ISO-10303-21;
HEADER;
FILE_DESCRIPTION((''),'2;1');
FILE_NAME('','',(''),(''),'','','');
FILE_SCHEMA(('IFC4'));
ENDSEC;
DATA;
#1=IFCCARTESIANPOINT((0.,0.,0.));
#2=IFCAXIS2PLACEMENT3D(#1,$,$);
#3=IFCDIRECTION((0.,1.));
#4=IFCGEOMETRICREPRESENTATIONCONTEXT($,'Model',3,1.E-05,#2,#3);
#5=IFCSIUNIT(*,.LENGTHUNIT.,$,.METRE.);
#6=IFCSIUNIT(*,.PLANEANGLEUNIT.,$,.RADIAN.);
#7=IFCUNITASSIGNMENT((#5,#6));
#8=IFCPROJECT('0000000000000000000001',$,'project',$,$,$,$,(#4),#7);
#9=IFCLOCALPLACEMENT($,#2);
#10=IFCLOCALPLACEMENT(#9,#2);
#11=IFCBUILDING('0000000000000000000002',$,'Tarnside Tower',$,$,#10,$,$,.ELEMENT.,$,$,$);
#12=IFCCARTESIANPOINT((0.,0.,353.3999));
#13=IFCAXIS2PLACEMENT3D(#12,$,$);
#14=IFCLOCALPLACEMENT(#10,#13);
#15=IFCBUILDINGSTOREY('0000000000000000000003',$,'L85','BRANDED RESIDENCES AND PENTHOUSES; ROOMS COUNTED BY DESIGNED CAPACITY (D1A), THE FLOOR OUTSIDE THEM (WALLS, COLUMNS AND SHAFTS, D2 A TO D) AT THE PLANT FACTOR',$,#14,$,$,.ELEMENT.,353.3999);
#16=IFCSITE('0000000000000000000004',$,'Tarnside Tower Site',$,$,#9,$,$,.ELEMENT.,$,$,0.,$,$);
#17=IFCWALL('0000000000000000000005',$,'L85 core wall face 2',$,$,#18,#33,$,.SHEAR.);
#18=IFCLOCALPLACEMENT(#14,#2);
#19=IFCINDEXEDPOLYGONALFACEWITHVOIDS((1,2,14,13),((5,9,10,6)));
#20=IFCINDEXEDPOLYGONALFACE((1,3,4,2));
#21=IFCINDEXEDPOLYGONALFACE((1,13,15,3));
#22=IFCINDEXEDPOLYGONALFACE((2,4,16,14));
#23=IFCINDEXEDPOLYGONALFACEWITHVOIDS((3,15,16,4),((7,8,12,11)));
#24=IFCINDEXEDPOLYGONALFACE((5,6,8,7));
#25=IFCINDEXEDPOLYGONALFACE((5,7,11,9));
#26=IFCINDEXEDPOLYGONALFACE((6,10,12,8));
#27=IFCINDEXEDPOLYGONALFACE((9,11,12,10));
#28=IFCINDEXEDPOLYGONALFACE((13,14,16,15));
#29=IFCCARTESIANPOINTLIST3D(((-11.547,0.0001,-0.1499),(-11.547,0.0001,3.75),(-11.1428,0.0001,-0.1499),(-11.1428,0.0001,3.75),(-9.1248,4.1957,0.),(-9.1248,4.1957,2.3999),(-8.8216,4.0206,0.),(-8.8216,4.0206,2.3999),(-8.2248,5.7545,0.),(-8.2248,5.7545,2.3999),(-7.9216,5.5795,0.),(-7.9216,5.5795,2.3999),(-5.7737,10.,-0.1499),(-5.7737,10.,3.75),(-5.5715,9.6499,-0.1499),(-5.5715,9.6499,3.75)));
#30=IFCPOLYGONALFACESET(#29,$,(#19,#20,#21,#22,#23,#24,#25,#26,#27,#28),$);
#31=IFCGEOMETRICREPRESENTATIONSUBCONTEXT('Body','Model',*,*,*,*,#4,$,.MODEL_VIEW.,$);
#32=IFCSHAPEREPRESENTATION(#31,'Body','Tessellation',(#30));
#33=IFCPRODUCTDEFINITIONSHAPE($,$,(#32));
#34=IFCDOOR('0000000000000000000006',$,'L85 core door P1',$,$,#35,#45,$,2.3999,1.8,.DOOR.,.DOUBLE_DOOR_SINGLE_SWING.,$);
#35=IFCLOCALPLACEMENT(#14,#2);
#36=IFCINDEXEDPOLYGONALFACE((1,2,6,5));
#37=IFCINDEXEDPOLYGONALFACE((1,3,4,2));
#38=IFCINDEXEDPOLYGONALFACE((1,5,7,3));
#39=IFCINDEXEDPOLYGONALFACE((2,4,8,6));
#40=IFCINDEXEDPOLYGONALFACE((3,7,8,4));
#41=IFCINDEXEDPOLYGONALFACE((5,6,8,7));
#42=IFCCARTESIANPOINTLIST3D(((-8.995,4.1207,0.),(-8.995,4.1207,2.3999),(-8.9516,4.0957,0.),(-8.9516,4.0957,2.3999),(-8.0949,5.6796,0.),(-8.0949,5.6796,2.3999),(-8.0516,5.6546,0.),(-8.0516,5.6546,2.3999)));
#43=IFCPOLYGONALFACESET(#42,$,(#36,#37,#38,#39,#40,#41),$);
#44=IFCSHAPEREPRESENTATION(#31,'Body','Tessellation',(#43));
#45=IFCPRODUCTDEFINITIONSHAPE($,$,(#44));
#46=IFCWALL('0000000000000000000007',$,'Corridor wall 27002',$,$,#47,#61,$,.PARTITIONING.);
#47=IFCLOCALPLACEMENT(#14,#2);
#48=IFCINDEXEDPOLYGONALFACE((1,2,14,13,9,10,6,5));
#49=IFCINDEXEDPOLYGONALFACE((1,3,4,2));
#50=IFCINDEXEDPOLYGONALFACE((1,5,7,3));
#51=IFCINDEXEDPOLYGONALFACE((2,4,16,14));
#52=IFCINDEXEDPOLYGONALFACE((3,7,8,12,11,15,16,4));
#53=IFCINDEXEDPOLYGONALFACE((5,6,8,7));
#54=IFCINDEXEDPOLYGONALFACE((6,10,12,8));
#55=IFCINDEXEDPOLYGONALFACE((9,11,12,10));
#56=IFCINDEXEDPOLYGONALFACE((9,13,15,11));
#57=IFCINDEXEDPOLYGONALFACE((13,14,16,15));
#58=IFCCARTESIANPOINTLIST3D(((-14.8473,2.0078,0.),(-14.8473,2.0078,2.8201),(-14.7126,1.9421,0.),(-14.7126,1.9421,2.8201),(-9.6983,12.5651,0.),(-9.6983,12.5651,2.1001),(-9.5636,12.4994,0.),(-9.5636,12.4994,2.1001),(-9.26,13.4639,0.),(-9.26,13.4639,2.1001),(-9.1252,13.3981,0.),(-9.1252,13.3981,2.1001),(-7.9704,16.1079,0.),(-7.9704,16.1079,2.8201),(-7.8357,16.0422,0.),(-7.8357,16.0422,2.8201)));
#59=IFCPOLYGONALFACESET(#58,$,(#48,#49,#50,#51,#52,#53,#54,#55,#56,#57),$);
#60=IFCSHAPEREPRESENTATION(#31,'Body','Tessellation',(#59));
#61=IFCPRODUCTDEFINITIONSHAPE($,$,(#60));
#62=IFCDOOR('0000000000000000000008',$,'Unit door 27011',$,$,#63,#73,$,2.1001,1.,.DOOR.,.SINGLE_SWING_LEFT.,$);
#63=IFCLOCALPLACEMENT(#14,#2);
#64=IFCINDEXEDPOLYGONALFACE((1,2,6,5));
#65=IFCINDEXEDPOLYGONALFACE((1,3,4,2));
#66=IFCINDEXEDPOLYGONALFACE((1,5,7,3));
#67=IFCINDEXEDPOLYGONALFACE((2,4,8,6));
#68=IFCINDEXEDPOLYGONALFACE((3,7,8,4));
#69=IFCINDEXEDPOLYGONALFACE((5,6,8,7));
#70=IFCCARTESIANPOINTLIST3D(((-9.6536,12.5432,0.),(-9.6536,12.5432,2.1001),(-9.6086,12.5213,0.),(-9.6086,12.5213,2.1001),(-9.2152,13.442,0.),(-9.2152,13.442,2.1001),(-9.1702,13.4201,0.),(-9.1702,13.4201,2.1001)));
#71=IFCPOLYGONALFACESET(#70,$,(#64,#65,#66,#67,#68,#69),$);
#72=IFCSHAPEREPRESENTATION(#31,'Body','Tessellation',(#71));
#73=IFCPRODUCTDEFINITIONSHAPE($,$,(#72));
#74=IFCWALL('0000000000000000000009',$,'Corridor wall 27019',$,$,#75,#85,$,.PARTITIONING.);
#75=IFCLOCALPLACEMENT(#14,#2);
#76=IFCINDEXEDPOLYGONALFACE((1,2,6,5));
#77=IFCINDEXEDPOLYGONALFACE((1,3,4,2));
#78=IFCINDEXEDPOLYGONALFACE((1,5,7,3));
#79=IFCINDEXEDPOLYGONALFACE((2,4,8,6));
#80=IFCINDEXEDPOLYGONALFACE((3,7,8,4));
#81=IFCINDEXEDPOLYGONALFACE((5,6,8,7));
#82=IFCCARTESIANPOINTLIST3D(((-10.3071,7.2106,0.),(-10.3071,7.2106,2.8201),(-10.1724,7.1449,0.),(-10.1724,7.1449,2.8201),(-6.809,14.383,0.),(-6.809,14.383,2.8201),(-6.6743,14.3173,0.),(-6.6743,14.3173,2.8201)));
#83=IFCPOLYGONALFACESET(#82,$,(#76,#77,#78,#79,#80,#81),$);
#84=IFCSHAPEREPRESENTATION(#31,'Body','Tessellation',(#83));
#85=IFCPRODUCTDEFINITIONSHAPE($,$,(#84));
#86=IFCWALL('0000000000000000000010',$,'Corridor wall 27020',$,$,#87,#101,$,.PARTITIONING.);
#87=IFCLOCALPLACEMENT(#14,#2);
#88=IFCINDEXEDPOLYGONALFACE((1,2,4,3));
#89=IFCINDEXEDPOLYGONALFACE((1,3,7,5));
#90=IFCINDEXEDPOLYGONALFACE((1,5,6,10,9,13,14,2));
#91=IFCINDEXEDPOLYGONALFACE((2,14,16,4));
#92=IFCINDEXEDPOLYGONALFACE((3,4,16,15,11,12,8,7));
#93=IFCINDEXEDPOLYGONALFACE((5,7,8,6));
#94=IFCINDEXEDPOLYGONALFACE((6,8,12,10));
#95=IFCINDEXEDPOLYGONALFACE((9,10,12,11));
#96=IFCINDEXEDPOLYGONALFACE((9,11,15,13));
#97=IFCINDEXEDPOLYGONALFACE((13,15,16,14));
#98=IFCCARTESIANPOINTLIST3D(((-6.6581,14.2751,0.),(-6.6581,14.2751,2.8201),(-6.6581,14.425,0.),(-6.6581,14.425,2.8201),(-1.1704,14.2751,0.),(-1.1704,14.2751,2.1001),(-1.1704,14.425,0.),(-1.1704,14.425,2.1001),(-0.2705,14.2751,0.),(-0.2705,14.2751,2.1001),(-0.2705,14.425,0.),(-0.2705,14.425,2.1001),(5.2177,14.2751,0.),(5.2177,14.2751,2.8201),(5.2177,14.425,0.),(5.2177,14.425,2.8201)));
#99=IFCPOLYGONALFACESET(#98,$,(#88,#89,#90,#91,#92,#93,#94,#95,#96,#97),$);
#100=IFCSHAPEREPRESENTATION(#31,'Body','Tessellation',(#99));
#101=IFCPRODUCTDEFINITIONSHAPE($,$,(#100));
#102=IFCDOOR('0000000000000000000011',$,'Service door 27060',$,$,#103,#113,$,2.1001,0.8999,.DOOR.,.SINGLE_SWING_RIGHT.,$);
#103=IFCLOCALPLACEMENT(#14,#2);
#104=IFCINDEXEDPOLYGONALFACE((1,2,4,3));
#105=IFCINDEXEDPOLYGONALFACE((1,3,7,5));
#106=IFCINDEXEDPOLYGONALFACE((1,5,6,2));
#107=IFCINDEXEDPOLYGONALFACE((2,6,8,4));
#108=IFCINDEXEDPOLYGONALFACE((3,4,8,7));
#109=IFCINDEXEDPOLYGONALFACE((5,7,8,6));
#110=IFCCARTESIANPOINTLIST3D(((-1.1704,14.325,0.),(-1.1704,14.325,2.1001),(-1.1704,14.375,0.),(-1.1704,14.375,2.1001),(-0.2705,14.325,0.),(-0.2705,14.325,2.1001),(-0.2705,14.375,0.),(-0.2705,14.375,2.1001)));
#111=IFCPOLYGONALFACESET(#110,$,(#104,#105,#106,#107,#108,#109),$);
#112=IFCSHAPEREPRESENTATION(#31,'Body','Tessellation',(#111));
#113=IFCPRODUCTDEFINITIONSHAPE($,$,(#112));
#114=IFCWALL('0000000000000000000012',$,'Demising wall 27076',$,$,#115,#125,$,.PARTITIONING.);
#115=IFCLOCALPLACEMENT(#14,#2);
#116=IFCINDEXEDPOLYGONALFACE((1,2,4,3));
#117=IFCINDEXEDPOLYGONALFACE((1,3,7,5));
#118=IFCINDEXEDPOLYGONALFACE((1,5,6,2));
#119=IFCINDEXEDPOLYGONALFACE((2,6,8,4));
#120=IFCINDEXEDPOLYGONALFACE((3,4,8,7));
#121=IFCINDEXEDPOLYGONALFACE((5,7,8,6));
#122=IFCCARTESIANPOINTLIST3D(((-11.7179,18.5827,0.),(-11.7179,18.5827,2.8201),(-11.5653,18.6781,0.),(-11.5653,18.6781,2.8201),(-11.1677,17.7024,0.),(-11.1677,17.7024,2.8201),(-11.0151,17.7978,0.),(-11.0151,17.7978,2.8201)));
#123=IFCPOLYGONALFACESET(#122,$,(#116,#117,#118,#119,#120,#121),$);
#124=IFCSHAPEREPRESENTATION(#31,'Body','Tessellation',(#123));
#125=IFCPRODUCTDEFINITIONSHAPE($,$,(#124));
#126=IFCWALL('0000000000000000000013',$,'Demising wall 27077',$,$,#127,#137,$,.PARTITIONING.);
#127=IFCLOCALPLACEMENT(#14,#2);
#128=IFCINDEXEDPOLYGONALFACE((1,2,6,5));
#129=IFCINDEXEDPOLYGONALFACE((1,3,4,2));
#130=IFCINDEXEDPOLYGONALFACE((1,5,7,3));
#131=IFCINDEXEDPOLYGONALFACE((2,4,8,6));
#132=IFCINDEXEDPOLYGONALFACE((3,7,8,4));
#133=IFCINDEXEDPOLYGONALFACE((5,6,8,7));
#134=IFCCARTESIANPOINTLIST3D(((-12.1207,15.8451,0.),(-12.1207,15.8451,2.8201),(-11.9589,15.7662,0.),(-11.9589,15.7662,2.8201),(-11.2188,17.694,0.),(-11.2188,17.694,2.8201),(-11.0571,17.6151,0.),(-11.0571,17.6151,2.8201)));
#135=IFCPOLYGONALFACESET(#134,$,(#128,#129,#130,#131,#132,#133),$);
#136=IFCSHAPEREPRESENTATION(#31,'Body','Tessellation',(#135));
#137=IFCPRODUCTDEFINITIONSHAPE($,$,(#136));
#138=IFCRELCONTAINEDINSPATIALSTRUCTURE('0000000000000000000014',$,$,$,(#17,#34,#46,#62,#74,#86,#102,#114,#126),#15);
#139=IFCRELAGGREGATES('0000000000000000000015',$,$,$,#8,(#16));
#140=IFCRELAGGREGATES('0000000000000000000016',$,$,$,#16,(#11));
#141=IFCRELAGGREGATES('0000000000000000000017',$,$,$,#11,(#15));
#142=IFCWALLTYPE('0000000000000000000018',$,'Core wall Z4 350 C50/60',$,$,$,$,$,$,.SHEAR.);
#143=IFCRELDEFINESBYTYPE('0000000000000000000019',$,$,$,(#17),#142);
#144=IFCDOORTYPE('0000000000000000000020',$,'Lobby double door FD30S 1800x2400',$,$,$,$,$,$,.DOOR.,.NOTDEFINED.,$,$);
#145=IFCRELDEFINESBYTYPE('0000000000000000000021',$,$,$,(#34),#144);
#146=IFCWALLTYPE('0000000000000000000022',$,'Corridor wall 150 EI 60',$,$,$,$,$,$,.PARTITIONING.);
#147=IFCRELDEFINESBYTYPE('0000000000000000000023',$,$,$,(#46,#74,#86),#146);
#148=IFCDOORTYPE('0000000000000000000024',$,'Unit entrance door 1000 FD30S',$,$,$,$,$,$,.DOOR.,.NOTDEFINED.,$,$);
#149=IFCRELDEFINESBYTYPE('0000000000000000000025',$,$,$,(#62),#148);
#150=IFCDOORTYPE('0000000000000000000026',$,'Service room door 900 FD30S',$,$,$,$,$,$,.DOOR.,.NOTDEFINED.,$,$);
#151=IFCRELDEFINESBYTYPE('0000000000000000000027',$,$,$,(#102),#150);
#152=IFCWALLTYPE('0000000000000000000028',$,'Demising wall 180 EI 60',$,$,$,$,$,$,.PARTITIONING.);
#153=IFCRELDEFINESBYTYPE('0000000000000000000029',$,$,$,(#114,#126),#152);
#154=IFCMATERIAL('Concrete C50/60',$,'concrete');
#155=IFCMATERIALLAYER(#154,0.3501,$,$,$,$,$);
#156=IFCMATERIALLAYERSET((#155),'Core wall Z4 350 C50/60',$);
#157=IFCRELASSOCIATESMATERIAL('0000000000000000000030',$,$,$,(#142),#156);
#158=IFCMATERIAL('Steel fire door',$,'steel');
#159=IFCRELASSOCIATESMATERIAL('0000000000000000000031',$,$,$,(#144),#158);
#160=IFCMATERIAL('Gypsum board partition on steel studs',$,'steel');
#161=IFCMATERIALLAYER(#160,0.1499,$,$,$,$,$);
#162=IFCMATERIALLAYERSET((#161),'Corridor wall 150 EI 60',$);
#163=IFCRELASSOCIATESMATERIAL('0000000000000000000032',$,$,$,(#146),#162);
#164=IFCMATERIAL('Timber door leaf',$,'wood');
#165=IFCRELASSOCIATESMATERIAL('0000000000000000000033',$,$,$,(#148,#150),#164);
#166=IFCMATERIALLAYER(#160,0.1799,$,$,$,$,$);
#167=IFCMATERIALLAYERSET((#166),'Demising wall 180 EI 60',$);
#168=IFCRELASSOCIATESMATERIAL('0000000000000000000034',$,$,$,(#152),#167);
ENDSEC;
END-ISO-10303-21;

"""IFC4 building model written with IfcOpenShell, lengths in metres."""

from ifc_helpers import new_model, si_unit, direction, frame, frame_2d, origin, place, context, subcontext, project, spatial, polyline, rectangle, outline, extrude, material, layer, layer_set, type_object, element, fill, save


model = new_model("IFC4")

# Units and contexts
model_context = context("Model", 3, precision=1e-05, world=origin(), true_north=direction((0.0, 1.0)))
body_context = subcontext(model_context, "Body", "Model", "MODEL_VIEW")
ifc_project = project(units=[si_unit("LENGTHUNIT", "METRE"), si_unit("PLANEANGLEUNIT", "RADIAN")], contexts=[model_context])

# Site, building, storey
site_placement = place(None, origin())
site = spatial("IfcSite", under=ifc_project, at=site_placement, Name="Tarnside Tower Site", CompositionType="ELEMENT", RefElevation=0.0)
building_placement = place(site_placement, origin())
building = spatial("IfcBuilding", under=site, at=building_placement, Name="Tarnside Tower", CompositionType="ELEMENT")
storey_placement = place(building_placement, frame((0.0, 0.0, 353.3999)))
storey = spatial("IfcBuildingStorey", under=building, at=storey_placement, Name="L85", Description="BRANDED RESIDENCES AND PENTHOUSES; ROOMS COUNTED BY DESIGNED CAPACITY (D1A), THE FLOOR OUTSIDE THEM (WALLS, COLUMNS AND SHAFTS, D2 A TO D) AT THE PLANT FACTOR", CompositionType="ELEMENT", Elevation=353.3999)

# Walls, openings, doors
ifc_material_1 = material(Name="Concrete C50/60", Category="concrete")
ifc_layer_1 = layer(ifc_material_1, 0.3501)
ifc_layer_set_1 = layer_set([ifc_layer_1], Name="Core wall Z4 350 C50/60")
wall_type_1 = type_object("IfcWallType", Name="Core wall Z4 350 C50/60", PredefinedType="SHEAR", material=ifc_layer_set_1)
wall_1_placement = place(storey_placement, frame((-5.6726, 9.825, -0.1499), z_axis=(0.0, 0.0, 1.0), x_axis=(-0.499995, -0.866028, 0.0)))
wall_1 = element("IfcWall", 1, at=wall_1_placement, inside=storey, type_object=wall_type_1, Name="L85 core wall face 2", PredefinedType="SHEAR", context=body_context, shape_type="SweptSolid", body=[
    extrude(outline(polyline([(-0.1011, -0.175), (11.4458, -0.175), (11.2437, 0.175), (0.1011, 0.175), (-0.1011, -0.175)])), origin(), (0.0, 0.0, 1.0), 3.8999),
])
opening_1_placement = place(wall_1_placement, frame((4.8013, 0.0, 0.1499)))
opening_1 = element("IfcOpeningElement", 2, at=opening_1_placement, cuts=wall_1, PredefinedType="OPENING", context=body_context, shape_type="SweptSolid", body=[
    extrude(rectangle(XDim=1.8, YDim=2.3999, at=frame_2d((0.8999, 1.2))), frame((0.0, 0.1851, 0.0), z_axis=(0.0, -1.0, 0.0), x_axis=(1.0, 0.0, 0.0)), (0.0, 0.0, 1.0), 0.3701),
])
ifc_material_2 = material(Name="Steel fire door", Category="steel")
door_type_1 = type_object("IfcDoorType", Name="Lobby double door FD30S 1800x2400", OperationType="NOTDEFINED", PredefinedType="DOOR", material=ifc_material_2)
door_1_placement = place(opening_1_placement, origin())
door_1 = element("IfcDoor", 3, at=door_1_placement, inside=storey, type_object=door_type_1, Name="L85 core door P1", OperationType="DOUBLE_DOOR_SINGLE_SWING", OverallHeight=2.3999, OverallWidth=1.8, PredefinedType="DOOR", context=body_context, shape_type="SweptSolid", body=[
    extrude(rectangle(XDim=1.8, YDim=2.3999, at=frame_2d((0.8999, 1.2))), frame((0.0, 0.0249, 0.0), z_axis=(0.0, -1.0, 0.0), x_axis=(1.0, 0.0, 0.0)), (0.0, 0.0, 1.0), 0.05),
])
fill(opening_1, door_1)
ifc_material_3 = material(Name="Gypsum board partition on steel studs", Category="steel")
ifc_layer_2 = layer(ifc_material_3, 0.1499)
ifc_layer_set_2 = layer_set([ifc_layer_2], Name="Corridor wall 150 EI 60")
wall_type_2 = type_object("IfcWallType", Name="Corridor wall 150 EI 60", PredefinedType="PARTITIONING", material=ifc_layer_set_2)
wall_2_placement = place(storey_placement, frame((-7.9031, 16.075, 0.0), z_axis=(0.0, 0.0, 1.0), x_axis=(-0.438365, -0.898797, 0.0)))
wall_2 = element("IfcWall", 4, at=wall_2_placement, inside=storey, type_object=wall_type_2, Name="Corridor wall 27002", PredefinedType="PARTITIONING", context=body_context, shape_type="SweptSolid", body=[
    extrude(rectangle(XDim=15.6877, YDim=0.1499, at=frame_2d((7.8438, 0.0))), origin(), (0.0, 0.0, 1.0), 2.8201),
])
opening_2_placement = place(wall_2_placement, frame((2.9417, 0.0, 0.0)))
opening_2 = element("IfcOpeningElement", 5, at=opening_2_placement, cuts=wall_2, PredefinedType="OPENING", context=body_context, shape_type="SweptSolid", body=[
    extrude(rectangle(XDim=1.0, YDim=2.1001, at=frame_2d((0.5, 1.05))), frame((0.0, 0.085, 0.0), z_axis=(0.0, -1.0, 0.0), x_axis=(1.0, 0.0, 0.0)), (0.0, 0.0, 1.0), 0.1699),
])
ifc_material_4 = material(Name="Timber door leaf", Category="wood")
door_type_2 = type_object("IfcDoorType", Name="Unit entrance door 1000 FD30S", OperationType="NOTDEFINED", PredefinedType="DOOR", material=ifc_material_4)
door_2_placement = place(opening_2_placement, origin())
door_2 = element("IfcDoor", 6, at=door_2_placement, inside=storey, type_object=door_type_2, Name="Unit door 27011", OperationType="SINGLE_SWING_LEFT", OverallHeight=2.1001, OverallWidth=1.0, PredefinedType="DOOR", context=body_context, shape_type="SweptSolid", body=[
    extrude(rectangle(XDim=1.0, YDim=2.1001, at=frame_2d((0.5, 1.05))), frame((0.0, 0.0249, 0.0), z_axis=(0.0, -1.0, 0.0), x_axis=(1.0, 0.0, 0.0)), (0.0, 0.0, 1.0), 0.05),
])
fill(opening_2, door_2)

# Wall
wall_3_placement = place(storey_placement, frame((-10.2397, 7.1777, 0.0), z_axis=(0.0, 0.0, 1.0), x_axis=(0.438356, 0.898801, 0.0)))
element("IfcWall", 7, at=wall_3_placement, inside=storey, type_object=wall_type_2, Name="Corridor wall 27019", PredefinedType="PARTITIONING", context=body_context, shape_type="SweptSolid", body=[
    extrude(rectangle(XDim=7.98, YDim=0.1499, at=frame_2d((3.99, 0.0))), origin(), (0.0, 0.0, 1.0), 2.8201),
])

# Wall, opening, door
wall_4_placement = place(storey_placement, frame((-6.6582, 14.3501, 0.0), z_axis=(0.0, 0.0, 1.0), x_axis=(1.0, 0.0, 0.0)))
wall_4 = element("IfcWall", 8, at=wall_4_placement, inside=storey, type_object=wall_type_2, Name="Corridor wall 27020", PredefinedType="PARTITIONING", context=body_context, shape_type="SweptSolid", body=[
    extrude(rectangle(XDim=11.8757, YDim=0.1499, at=frame_2d((5.938, 0.0))), origin(), (0.0, 0.0, 1.0), 2.8201),
])
opening_3_placement = place(wall_4_placement, frame((5.4878, 0.0, 0.0)))
opening_3 = element("IfcOpeningElement", 9, at=opening_3_placement, cuts=wall_4, PredefinedType="OPENING", context=body_context, shape_type="SweptSolid", body=[
    extrude(rectangle(XDim=0.8999, YDim=2.1001, at=frame_2d((0.45, 1.05))), frame((0.0, 0.085, 0.0), z_axis=(0.0, -1.0, 0.0), x_axis=(1.0, 0.0, 0.0)), (0.0, 0.0, 1.0), 0.1699),
])
door_type_3 = type_object("IfcDoorType", Name="Service room door 900 FD30S", OperationType="NOTDEFINED", PredefinedType="DOOR", material=ifc_material_4)
door_3_placement = place(opening_3_placement, origin())
door_3 = element("IfcDoor", 10, at=door_3_placement, inside=storey, type_object=door_type_3, Name="Service door 27060", OperationType="SINGLE_SWING_RIGHT", OverallHeight=2.1001, OverallWidth=0.8999, PredefinedType="DOOR", context=body_context, shape_type="SweptSolid", body=[
    extrude(rectangle(XDim=0.8999, YDim=2.1001, at=frame_2d((0.45, 1.05))), frame((0.0, 0.0249, 0.0), z_axis=(0.0, -1.0, 0.0), x_axis=(1.0, 0.0, 0.0)), (0.0, 0.0, 1.0), 0.05),
])
fill(opening_3, door_3)

# Walls
ifc_layer_3 = layer(ifc_material_3, 0.1799)
ifc_layer_set_3 = layer_set([ifc_layer_3], Name="Demising wall 180 EI 60")
wall_type_3 = type_object("IfcWallType", Name="Demising wall 180 EI 60", PredefinedType="PARTITIONING", material=ifc_layer_set_3)
wall_5_placement = place(storey_placement, frame((-11.6416, 18.6304, 0.0), z_axis=(0.0, 0.0, 1.0), x_axis=(0.530041, -0.847972, 0.0)))
element("IfcWall", 11, at=wall_5_placement, inside=storey, type_object=wall_type_3, Name="Demising wall 27076", PredefinedType="PARTITIONING", context=body_context, shape_type="SweptSolid", body=[
    extrude(rectangle(XDim=1.0381, YDim=0.1799, at=frame_2d((0.519, 0.0))), origin(), (0.0, 0.0, 1.0), 2.8201),
])
wall_6_placement = place(storey_placement, frame((-11.1379, 17.6545, 0.0), z_axis=(0.0, 0.0, 1.0), x_axis=(-0.43841, -0.898775, 0.0)))
element("IfcWall", 12, at=wall_6_placement, inside=storey, type_object=wall_type_3, Name="Demising wall 27077", PredefinedType="PARTITIONING", context=body_context, shape_type="SweptSolid", body=[
    extrude(rectangle(XDim=2.0571, YDim=0.1799, at=frame_2d((1.0286, 0.0))), origin(), (0.0, 0.0, 1.0), 2.8201),
])

save(model, "model.ifc")
